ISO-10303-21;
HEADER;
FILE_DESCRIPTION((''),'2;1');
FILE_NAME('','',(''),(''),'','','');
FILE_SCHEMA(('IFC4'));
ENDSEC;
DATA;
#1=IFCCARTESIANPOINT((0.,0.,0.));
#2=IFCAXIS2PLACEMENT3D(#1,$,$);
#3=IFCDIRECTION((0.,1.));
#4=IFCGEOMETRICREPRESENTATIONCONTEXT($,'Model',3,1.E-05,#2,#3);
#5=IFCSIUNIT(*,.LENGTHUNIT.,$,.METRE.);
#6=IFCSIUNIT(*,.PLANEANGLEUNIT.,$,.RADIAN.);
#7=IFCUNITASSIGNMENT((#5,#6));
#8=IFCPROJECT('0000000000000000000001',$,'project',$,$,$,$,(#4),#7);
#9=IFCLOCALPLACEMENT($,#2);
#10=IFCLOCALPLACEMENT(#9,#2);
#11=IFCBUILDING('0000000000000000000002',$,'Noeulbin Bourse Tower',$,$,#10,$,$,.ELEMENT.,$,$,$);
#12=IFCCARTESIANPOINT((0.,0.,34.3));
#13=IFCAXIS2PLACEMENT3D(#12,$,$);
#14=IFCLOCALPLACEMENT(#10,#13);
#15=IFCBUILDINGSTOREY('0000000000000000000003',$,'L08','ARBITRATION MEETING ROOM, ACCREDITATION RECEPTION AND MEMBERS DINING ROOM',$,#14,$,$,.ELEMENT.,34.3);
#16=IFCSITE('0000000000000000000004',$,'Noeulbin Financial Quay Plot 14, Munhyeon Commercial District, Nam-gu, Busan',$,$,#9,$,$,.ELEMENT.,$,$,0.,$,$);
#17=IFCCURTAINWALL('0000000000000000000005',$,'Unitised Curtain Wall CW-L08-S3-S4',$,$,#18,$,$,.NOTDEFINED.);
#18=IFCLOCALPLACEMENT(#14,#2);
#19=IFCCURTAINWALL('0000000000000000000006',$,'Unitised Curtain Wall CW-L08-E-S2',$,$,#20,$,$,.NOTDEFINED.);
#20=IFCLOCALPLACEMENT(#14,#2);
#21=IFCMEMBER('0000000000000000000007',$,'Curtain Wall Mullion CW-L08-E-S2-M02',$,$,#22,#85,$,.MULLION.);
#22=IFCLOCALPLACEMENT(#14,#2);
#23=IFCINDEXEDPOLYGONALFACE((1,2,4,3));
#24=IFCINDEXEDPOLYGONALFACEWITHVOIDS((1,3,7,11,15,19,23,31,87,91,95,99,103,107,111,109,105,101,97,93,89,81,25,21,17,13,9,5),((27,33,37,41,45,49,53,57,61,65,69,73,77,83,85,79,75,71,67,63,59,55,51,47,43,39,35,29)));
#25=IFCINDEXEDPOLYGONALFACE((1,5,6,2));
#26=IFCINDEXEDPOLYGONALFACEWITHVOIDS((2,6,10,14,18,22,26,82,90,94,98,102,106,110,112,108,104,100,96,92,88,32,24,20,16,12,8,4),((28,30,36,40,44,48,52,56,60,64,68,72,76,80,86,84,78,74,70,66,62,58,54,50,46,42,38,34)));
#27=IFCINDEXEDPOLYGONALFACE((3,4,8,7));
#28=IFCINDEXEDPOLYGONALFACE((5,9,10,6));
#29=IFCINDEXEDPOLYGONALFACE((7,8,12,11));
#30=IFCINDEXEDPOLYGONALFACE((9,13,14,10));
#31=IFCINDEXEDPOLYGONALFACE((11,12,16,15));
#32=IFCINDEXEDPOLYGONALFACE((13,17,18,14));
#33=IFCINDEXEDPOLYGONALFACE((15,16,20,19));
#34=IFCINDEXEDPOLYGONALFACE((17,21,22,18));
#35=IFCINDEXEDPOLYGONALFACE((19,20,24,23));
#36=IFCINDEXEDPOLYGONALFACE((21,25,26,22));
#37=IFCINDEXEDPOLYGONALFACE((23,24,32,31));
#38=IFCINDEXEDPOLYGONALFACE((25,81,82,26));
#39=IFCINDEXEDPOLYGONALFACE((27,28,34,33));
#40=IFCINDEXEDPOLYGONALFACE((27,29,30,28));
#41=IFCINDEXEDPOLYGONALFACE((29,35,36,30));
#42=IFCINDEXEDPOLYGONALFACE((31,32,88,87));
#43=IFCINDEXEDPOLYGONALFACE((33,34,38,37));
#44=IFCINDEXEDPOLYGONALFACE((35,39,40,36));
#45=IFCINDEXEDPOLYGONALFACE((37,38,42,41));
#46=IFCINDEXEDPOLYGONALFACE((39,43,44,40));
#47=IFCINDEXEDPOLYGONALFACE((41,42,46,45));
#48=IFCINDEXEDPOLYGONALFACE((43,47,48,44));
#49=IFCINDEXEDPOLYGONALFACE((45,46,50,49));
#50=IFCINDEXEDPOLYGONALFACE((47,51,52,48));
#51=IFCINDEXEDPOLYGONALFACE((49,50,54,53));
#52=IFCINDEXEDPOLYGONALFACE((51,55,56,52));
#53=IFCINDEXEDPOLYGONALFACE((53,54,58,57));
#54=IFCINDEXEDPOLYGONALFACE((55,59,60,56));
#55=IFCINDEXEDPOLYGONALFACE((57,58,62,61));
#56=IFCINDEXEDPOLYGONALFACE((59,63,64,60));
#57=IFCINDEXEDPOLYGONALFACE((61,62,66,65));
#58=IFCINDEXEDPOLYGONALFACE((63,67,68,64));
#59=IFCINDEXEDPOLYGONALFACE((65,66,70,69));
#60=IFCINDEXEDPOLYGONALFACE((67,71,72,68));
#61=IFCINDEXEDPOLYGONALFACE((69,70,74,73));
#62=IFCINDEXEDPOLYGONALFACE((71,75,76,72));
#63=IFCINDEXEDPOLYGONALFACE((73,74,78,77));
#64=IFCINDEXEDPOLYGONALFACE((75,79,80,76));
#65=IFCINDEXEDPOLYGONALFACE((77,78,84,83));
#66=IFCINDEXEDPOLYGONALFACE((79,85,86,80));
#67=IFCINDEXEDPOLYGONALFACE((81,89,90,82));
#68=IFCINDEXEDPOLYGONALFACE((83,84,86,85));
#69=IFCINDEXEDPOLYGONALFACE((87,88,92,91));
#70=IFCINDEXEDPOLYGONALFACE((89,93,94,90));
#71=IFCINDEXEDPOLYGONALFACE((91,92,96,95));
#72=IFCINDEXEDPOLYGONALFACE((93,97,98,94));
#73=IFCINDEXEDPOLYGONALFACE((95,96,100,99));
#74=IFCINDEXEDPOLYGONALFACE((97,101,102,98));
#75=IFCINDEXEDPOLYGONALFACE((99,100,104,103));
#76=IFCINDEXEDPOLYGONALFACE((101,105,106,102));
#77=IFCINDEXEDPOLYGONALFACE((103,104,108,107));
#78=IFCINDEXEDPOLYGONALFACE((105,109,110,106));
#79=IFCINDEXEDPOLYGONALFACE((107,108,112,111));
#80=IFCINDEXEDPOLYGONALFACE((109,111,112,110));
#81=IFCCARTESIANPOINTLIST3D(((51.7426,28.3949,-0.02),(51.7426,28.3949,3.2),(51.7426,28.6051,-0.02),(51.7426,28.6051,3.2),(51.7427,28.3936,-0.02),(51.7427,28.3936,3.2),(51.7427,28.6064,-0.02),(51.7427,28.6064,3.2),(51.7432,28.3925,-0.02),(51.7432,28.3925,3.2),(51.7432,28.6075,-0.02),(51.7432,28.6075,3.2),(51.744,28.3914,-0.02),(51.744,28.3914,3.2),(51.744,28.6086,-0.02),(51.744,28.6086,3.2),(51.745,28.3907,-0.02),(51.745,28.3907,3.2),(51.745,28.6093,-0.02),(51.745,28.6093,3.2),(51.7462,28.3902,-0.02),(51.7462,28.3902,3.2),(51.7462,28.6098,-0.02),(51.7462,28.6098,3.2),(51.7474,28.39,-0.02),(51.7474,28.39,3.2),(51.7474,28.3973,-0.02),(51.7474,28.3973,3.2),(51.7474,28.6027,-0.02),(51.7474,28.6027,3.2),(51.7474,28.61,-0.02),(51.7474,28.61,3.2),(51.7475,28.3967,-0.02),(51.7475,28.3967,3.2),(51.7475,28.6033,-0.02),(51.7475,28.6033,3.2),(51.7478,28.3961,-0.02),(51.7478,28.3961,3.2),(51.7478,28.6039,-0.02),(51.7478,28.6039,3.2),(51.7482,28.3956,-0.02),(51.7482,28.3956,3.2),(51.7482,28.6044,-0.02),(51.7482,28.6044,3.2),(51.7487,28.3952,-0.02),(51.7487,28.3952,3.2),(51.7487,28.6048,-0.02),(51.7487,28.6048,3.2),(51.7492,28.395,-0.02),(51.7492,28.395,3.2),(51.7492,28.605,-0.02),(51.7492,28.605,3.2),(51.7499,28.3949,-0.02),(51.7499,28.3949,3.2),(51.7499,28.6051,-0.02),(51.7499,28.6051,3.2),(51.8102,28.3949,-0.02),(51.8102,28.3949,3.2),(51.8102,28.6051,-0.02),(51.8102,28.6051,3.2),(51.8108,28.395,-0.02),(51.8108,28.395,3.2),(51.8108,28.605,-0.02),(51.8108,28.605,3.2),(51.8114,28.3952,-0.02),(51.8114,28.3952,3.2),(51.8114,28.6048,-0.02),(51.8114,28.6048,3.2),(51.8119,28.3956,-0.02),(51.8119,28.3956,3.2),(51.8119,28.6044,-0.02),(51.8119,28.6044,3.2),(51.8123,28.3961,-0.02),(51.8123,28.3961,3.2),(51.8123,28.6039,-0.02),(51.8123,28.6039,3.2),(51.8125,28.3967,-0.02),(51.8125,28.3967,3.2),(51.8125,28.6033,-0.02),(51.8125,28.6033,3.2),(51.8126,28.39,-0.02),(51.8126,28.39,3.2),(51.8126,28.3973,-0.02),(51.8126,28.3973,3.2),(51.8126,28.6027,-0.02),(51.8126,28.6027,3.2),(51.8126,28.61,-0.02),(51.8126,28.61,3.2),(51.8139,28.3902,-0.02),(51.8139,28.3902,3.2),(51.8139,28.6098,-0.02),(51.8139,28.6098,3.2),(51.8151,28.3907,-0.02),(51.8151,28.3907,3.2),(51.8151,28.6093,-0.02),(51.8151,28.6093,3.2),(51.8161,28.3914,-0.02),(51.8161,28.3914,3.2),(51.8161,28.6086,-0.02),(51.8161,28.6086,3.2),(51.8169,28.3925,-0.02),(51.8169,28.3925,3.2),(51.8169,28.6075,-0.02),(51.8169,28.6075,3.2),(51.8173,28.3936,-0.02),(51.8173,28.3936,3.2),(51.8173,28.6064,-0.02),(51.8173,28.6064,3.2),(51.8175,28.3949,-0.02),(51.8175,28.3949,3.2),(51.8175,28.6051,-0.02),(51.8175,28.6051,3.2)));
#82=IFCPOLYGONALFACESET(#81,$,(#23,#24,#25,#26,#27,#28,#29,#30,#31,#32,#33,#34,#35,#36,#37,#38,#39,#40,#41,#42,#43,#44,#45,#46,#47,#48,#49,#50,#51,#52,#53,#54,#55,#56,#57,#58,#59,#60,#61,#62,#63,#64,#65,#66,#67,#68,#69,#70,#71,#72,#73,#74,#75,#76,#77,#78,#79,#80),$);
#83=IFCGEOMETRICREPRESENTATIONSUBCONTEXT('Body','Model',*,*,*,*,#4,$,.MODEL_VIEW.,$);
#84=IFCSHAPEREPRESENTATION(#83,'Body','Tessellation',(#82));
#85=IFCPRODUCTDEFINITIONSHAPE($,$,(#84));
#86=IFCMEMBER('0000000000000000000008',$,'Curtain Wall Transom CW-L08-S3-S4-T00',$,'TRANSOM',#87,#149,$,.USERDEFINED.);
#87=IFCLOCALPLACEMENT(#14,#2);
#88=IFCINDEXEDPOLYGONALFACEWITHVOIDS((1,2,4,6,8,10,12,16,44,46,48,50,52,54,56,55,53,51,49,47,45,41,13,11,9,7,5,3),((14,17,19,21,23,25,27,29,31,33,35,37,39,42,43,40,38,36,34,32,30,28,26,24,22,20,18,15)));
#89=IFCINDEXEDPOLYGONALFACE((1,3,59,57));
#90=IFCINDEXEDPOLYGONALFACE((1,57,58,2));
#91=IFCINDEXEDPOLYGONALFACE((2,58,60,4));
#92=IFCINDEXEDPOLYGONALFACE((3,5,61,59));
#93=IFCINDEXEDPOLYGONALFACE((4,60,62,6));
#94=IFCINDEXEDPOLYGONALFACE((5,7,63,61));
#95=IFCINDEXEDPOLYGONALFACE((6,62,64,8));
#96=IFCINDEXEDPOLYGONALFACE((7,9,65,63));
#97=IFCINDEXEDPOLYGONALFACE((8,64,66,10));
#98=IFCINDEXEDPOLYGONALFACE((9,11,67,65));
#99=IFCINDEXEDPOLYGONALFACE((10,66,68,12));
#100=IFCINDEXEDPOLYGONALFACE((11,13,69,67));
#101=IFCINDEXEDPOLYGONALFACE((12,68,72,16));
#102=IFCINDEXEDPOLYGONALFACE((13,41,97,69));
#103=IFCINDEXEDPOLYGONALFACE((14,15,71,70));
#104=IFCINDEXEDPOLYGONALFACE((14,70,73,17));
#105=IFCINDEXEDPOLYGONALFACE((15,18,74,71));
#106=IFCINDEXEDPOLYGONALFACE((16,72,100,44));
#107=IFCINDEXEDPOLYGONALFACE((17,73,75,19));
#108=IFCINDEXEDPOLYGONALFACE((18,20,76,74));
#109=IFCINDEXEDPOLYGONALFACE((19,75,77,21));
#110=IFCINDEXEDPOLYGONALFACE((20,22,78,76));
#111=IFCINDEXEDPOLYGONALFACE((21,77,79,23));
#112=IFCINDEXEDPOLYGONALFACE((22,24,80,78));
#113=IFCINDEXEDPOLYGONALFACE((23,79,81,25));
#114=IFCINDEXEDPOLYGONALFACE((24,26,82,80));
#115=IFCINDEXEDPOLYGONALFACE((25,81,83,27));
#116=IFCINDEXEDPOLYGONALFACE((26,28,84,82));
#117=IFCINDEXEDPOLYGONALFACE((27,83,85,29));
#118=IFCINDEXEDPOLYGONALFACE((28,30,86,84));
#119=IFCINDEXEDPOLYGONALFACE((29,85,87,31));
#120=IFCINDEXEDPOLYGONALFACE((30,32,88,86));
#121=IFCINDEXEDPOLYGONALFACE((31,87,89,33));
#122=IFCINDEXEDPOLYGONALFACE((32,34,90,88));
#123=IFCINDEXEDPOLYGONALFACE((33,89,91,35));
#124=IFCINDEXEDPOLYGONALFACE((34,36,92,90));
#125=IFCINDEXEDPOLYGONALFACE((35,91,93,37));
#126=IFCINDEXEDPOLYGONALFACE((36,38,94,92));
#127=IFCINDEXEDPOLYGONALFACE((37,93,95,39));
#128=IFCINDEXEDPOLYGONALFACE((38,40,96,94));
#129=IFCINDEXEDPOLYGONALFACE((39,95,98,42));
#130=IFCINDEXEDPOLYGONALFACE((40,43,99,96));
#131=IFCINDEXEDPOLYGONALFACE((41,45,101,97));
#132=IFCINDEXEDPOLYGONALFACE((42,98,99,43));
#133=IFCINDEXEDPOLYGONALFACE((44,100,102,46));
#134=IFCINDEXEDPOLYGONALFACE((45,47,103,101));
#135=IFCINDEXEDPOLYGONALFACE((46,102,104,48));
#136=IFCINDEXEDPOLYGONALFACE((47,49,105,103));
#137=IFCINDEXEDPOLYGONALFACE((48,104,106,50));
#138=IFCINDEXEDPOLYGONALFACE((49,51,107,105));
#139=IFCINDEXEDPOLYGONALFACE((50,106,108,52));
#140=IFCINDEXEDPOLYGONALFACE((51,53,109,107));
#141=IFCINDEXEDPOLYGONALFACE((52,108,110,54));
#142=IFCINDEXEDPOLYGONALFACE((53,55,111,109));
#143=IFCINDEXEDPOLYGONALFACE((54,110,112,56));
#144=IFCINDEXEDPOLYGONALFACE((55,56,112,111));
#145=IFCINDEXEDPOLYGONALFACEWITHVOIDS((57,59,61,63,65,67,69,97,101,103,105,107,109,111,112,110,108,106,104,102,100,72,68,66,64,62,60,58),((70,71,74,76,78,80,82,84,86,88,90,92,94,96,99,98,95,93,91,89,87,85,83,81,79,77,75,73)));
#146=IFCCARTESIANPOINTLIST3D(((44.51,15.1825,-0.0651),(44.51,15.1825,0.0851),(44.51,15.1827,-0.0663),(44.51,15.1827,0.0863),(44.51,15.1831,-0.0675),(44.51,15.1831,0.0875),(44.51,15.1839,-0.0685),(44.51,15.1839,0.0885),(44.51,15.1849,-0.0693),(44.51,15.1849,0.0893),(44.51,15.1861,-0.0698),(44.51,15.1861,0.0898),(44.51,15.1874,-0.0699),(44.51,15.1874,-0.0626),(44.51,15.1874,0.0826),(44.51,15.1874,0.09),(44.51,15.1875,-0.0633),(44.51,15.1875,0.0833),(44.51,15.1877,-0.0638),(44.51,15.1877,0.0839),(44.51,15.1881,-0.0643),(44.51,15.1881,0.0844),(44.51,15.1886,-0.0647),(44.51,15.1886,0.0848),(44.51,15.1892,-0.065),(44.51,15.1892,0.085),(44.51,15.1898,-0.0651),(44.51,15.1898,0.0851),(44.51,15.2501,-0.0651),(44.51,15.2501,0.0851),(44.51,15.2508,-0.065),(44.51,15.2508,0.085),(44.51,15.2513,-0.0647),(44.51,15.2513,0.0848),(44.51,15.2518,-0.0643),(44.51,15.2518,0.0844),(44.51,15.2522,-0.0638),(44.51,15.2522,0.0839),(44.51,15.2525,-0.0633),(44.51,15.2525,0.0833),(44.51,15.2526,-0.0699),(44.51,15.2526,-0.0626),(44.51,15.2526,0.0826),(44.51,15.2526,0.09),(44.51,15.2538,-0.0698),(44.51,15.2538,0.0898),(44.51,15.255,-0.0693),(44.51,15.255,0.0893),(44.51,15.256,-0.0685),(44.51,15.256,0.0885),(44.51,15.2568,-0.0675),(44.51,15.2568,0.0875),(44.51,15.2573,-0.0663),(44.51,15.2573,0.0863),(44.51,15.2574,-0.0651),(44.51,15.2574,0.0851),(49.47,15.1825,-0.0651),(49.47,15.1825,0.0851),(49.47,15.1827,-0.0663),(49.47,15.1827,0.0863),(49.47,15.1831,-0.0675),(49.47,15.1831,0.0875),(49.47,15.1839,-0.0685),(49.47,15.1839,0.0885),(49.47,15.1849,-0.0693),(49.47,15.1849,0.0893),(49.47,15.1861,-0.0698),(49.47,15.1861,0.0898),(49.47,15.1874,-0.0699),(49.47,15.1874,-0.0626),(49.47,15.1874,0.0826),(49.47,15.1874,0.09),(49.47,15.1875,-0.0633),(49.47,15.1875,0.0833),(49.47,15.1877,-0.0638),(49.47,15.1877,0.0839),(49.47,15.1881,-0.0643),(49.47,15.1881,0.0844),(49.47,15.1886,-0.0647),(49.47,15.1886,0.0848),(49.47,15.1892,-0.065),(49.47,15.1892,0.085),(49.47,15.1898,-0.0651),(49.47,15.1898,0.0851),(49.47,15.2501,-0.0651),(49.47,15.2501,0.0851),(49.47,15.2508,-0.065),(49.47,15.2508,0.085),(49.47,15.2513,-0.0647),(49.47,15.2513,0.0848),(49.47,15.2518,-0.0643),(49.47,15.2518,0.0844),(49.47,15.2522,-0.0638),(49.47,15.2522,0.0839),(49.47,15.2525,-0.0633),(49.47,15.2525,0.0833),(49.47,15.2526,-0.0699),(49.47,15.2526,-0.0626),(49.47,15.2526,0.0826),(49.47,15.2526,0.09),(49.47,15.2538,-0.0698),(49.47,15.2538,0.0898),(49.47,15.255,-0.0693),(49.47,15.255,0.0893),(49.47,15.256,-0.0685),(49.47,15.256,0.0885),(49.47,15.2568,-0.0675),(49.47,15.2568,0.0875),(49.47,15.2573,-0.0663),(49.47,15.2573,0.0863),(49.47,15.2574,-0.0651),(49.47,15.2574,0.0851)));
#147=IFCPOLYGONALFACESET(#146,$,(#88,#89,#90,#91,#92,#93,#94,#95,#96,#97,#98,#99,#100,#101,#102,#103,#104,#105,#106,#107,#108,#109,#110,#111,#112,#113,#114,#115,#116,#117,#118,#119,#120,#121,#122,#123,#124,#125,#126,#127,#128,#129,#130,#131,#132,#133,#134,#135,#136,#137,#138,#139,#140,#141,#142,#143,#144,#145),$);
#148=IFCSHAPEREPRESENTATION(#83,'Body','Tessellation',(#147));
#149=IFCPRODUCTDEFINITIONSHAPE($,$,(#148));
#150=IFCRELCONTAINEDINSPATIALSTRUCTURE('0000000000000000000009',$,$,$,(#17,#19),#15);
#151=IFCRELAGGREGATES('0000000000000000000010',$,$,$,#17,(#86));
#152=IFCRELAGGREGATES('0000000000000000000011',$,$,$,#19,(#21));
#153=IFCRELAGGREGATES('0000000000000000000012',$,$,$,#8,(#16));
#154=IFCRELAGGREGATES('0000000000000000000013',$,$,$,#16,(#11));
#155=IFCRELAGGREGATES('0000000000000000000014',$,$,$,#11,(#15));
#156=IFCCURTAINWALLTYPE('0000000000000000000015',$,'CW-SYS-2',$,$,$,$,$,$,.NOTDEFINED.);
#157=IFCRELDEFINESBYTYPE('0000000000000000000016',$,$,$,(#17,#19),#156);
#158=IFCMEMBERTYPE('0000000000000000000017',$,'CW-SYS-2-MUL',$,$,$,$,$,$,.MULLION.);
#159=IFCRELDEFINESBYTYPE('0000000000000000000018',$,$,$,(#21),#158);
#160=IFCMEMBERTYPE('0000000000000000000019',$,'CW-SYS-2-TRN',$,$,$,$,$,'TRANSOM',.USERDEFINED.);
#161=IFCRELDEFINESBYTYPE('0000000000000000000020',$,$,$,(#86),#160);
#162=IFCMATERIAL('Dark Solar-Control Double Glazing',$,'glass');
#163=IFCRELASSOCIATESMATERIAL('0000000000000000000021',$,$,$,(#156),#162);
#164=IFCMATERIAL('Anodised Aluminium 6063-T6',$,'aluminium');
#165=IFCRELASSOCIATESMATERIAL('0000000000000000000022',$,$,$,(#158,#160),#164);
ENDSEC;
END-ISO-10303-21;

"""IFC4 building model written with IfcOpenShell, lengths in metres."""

from ifc_helpers import new_model, si_unit, direction, frame, origin, origin_2d, place, context, subcontext, project, spatial, hollow_rectangle, extrude, material, material_profile, profile_set, type_object, element, aggregate, save


model = new_model("IFC4")

# Units and contexts
model_context = context("Model", 3, precision=1e-05, world=origin(), true_north=direction((0.0, 1.0)))
body_context = subcontext(model_context, "Body", "Model", "MODEL_VIEW")
ifc_project = project(units=[si_unit("LENGTHUNIT", "METRE"), si_unit("PLANEANGLEUNIT", "RADIAN")], contexts=[model_context])

# Site, building, storey
site_placement = place(None, origin())
site = spatial("IfcSite", under=ifc_project, at=site_placement, Name="Noeulbin Financial Quay Plot 14, Munhyeon Commercial District, Nam-gu, Busan", CompositionType="ELEMENT", RefElevation=0.0)
building_placement = place(site_placement, origin())
building = spatial("IfcBuilding", under=site, at=building_placement, Name="Noeulbin Bourse Tower", CompositionType="ELEMENT")
storey_placement = place(building_placement, frame((0.0, 0.0, 34.3)))
storey = spatial("IfcBuildingStorey", under=building, at=storey_placement, Name="L08", Description="ARBITRATION MEETING ROOM, ACCREDITATION RECEPTION AND MEMBERS DINING ROOM", CompositionType="ELEMENT", Elevation=34.3)

# Curtain walls, member
ifc_material_1 = material(Name="Dark Solar-Control Double Glazing", Category="glass")
curtain_wall_type = type_object("IfcCurtainWallType", Name="CW-SYS-2", PredefinedType="NOTDEFINED", material=ifc_material_1)
curtain_wall_1_placement = place(storey_placement, origin())
curtain_wall_1 = element("IfcCurtainWall", 1, at=curtain_wall_1_placement, inside=storey, type_object=curtain_wall_type, Name="Unitised Curtain Wall CW-L08-S3-S4", PredefinedType="NOTDEFINED")
ifc_material_2 = material(Name="Anodised Aluminium 6063-T6", Category="aluminium")
ifc_material_profile_1 = material_profile(ifc_material_2, hollow_rectangle(XDim=0.075, YDim=0.22, WallThickness=0.0049, InnerFilletRadius=0.0024, OuterFilletRadius=0.0049, at=origin_2d()), Name="ALU-MULL-75x220x5", Category="LoadBearing")
ifc_profile_set_1 = profile_set([ifc_material_profile_1], Name="Anodised Aluminium 6063-T6")
member_type_1 = type_object("IfcMemberType", Name="CW-SYS-2-MUL", PredefinedType="MULLION", material=ifc_profile_set_1)
curtain_wall_2_placement = place(storey_placement, origin())
curtain_wall_2 = element("IfcCurtainWall", 2, at=curtain_wall_2_placement, inside=storey, type_object=curtain_wall_type, Name="Unitised Curtain Wall CW-L08-E-S2", PredefinedType="NOTDEFINED")
member_1_placement = place(storey_placement, frame((51.78, 28.5, -0.02), z_axis=(0.0, 0.0, 1.0), x_axis=(1.0, 0.0, 0.0)))
member_1 = element("IfcMember", 3, at=member_1_placement, type_object=member_type_1, Name="Curtain Wall Mullion CW-L08-E-S2-M02", PredefinedType="MULLION", context=body_context, shape_type="SweptSolid", body=[
    extrude(hollow_rectangle(XDim=0.075, YDim=0.22, WallThickness=0.0049, InnerFilletRadius=0.0024, OuterFilletRadius=0.0049, at=origin_2d()), origin(), (0.0, 0.0, 1.0), 3.22),
])

# Member
ifc_material_profile_2 = material_profile(ifc_material_2, hollow_rectangle(XDim=0.075, YDim=0.1599, WallThickness=0.0049, InnerFilletRadius=0.0024, OuterFilletRadius=0.0049, at=origin_2d()), Name="ALU-TRAN-75x160x5", Category="LoadBearing")
ifc_profile_set_2 = profile_set([ifc_material_profile_2], Name="Anodised Aluminium 6063-T6")
member_type_2 = type_object("IfcMemberType", Name="CW-SYS-2-TRN", ElementType="TRANSOM", PredefinedType="USERDEFINED", material=ifc_profile_set_2)
member_2_placement = place(storey_placement, frame((44.51, 15.22, 0.01), z_axis=(1.0, 0.0, 0.0), x_axis=(0.0, 1.0, 0.0)))
member_2 = element("IfcMember", 4, at=member_2_placement, type_object=member_type_2, Name="Curtain Wall Transom CW-L08-S3-S4-T00", ObjectType="TRANSOM", PredefinedType="USERDEFINED", context=body_context, shape_type="SweptSolid", body=[
    extrude(hollow_rectangle(XDim=0.075, YDim=0.1599, WallThickness=0.0049, InnerFilletRadius=0.0024, OuterFilletRadius=0.0049, at=origin_2d()), origin(), (0.0, 0.0, 1.0), 4.96),
])

aggregate(curtain_wall_1, [member_2])
aggregate(curtain_wall_2, [member_1])

save(model, "model.ifc")
